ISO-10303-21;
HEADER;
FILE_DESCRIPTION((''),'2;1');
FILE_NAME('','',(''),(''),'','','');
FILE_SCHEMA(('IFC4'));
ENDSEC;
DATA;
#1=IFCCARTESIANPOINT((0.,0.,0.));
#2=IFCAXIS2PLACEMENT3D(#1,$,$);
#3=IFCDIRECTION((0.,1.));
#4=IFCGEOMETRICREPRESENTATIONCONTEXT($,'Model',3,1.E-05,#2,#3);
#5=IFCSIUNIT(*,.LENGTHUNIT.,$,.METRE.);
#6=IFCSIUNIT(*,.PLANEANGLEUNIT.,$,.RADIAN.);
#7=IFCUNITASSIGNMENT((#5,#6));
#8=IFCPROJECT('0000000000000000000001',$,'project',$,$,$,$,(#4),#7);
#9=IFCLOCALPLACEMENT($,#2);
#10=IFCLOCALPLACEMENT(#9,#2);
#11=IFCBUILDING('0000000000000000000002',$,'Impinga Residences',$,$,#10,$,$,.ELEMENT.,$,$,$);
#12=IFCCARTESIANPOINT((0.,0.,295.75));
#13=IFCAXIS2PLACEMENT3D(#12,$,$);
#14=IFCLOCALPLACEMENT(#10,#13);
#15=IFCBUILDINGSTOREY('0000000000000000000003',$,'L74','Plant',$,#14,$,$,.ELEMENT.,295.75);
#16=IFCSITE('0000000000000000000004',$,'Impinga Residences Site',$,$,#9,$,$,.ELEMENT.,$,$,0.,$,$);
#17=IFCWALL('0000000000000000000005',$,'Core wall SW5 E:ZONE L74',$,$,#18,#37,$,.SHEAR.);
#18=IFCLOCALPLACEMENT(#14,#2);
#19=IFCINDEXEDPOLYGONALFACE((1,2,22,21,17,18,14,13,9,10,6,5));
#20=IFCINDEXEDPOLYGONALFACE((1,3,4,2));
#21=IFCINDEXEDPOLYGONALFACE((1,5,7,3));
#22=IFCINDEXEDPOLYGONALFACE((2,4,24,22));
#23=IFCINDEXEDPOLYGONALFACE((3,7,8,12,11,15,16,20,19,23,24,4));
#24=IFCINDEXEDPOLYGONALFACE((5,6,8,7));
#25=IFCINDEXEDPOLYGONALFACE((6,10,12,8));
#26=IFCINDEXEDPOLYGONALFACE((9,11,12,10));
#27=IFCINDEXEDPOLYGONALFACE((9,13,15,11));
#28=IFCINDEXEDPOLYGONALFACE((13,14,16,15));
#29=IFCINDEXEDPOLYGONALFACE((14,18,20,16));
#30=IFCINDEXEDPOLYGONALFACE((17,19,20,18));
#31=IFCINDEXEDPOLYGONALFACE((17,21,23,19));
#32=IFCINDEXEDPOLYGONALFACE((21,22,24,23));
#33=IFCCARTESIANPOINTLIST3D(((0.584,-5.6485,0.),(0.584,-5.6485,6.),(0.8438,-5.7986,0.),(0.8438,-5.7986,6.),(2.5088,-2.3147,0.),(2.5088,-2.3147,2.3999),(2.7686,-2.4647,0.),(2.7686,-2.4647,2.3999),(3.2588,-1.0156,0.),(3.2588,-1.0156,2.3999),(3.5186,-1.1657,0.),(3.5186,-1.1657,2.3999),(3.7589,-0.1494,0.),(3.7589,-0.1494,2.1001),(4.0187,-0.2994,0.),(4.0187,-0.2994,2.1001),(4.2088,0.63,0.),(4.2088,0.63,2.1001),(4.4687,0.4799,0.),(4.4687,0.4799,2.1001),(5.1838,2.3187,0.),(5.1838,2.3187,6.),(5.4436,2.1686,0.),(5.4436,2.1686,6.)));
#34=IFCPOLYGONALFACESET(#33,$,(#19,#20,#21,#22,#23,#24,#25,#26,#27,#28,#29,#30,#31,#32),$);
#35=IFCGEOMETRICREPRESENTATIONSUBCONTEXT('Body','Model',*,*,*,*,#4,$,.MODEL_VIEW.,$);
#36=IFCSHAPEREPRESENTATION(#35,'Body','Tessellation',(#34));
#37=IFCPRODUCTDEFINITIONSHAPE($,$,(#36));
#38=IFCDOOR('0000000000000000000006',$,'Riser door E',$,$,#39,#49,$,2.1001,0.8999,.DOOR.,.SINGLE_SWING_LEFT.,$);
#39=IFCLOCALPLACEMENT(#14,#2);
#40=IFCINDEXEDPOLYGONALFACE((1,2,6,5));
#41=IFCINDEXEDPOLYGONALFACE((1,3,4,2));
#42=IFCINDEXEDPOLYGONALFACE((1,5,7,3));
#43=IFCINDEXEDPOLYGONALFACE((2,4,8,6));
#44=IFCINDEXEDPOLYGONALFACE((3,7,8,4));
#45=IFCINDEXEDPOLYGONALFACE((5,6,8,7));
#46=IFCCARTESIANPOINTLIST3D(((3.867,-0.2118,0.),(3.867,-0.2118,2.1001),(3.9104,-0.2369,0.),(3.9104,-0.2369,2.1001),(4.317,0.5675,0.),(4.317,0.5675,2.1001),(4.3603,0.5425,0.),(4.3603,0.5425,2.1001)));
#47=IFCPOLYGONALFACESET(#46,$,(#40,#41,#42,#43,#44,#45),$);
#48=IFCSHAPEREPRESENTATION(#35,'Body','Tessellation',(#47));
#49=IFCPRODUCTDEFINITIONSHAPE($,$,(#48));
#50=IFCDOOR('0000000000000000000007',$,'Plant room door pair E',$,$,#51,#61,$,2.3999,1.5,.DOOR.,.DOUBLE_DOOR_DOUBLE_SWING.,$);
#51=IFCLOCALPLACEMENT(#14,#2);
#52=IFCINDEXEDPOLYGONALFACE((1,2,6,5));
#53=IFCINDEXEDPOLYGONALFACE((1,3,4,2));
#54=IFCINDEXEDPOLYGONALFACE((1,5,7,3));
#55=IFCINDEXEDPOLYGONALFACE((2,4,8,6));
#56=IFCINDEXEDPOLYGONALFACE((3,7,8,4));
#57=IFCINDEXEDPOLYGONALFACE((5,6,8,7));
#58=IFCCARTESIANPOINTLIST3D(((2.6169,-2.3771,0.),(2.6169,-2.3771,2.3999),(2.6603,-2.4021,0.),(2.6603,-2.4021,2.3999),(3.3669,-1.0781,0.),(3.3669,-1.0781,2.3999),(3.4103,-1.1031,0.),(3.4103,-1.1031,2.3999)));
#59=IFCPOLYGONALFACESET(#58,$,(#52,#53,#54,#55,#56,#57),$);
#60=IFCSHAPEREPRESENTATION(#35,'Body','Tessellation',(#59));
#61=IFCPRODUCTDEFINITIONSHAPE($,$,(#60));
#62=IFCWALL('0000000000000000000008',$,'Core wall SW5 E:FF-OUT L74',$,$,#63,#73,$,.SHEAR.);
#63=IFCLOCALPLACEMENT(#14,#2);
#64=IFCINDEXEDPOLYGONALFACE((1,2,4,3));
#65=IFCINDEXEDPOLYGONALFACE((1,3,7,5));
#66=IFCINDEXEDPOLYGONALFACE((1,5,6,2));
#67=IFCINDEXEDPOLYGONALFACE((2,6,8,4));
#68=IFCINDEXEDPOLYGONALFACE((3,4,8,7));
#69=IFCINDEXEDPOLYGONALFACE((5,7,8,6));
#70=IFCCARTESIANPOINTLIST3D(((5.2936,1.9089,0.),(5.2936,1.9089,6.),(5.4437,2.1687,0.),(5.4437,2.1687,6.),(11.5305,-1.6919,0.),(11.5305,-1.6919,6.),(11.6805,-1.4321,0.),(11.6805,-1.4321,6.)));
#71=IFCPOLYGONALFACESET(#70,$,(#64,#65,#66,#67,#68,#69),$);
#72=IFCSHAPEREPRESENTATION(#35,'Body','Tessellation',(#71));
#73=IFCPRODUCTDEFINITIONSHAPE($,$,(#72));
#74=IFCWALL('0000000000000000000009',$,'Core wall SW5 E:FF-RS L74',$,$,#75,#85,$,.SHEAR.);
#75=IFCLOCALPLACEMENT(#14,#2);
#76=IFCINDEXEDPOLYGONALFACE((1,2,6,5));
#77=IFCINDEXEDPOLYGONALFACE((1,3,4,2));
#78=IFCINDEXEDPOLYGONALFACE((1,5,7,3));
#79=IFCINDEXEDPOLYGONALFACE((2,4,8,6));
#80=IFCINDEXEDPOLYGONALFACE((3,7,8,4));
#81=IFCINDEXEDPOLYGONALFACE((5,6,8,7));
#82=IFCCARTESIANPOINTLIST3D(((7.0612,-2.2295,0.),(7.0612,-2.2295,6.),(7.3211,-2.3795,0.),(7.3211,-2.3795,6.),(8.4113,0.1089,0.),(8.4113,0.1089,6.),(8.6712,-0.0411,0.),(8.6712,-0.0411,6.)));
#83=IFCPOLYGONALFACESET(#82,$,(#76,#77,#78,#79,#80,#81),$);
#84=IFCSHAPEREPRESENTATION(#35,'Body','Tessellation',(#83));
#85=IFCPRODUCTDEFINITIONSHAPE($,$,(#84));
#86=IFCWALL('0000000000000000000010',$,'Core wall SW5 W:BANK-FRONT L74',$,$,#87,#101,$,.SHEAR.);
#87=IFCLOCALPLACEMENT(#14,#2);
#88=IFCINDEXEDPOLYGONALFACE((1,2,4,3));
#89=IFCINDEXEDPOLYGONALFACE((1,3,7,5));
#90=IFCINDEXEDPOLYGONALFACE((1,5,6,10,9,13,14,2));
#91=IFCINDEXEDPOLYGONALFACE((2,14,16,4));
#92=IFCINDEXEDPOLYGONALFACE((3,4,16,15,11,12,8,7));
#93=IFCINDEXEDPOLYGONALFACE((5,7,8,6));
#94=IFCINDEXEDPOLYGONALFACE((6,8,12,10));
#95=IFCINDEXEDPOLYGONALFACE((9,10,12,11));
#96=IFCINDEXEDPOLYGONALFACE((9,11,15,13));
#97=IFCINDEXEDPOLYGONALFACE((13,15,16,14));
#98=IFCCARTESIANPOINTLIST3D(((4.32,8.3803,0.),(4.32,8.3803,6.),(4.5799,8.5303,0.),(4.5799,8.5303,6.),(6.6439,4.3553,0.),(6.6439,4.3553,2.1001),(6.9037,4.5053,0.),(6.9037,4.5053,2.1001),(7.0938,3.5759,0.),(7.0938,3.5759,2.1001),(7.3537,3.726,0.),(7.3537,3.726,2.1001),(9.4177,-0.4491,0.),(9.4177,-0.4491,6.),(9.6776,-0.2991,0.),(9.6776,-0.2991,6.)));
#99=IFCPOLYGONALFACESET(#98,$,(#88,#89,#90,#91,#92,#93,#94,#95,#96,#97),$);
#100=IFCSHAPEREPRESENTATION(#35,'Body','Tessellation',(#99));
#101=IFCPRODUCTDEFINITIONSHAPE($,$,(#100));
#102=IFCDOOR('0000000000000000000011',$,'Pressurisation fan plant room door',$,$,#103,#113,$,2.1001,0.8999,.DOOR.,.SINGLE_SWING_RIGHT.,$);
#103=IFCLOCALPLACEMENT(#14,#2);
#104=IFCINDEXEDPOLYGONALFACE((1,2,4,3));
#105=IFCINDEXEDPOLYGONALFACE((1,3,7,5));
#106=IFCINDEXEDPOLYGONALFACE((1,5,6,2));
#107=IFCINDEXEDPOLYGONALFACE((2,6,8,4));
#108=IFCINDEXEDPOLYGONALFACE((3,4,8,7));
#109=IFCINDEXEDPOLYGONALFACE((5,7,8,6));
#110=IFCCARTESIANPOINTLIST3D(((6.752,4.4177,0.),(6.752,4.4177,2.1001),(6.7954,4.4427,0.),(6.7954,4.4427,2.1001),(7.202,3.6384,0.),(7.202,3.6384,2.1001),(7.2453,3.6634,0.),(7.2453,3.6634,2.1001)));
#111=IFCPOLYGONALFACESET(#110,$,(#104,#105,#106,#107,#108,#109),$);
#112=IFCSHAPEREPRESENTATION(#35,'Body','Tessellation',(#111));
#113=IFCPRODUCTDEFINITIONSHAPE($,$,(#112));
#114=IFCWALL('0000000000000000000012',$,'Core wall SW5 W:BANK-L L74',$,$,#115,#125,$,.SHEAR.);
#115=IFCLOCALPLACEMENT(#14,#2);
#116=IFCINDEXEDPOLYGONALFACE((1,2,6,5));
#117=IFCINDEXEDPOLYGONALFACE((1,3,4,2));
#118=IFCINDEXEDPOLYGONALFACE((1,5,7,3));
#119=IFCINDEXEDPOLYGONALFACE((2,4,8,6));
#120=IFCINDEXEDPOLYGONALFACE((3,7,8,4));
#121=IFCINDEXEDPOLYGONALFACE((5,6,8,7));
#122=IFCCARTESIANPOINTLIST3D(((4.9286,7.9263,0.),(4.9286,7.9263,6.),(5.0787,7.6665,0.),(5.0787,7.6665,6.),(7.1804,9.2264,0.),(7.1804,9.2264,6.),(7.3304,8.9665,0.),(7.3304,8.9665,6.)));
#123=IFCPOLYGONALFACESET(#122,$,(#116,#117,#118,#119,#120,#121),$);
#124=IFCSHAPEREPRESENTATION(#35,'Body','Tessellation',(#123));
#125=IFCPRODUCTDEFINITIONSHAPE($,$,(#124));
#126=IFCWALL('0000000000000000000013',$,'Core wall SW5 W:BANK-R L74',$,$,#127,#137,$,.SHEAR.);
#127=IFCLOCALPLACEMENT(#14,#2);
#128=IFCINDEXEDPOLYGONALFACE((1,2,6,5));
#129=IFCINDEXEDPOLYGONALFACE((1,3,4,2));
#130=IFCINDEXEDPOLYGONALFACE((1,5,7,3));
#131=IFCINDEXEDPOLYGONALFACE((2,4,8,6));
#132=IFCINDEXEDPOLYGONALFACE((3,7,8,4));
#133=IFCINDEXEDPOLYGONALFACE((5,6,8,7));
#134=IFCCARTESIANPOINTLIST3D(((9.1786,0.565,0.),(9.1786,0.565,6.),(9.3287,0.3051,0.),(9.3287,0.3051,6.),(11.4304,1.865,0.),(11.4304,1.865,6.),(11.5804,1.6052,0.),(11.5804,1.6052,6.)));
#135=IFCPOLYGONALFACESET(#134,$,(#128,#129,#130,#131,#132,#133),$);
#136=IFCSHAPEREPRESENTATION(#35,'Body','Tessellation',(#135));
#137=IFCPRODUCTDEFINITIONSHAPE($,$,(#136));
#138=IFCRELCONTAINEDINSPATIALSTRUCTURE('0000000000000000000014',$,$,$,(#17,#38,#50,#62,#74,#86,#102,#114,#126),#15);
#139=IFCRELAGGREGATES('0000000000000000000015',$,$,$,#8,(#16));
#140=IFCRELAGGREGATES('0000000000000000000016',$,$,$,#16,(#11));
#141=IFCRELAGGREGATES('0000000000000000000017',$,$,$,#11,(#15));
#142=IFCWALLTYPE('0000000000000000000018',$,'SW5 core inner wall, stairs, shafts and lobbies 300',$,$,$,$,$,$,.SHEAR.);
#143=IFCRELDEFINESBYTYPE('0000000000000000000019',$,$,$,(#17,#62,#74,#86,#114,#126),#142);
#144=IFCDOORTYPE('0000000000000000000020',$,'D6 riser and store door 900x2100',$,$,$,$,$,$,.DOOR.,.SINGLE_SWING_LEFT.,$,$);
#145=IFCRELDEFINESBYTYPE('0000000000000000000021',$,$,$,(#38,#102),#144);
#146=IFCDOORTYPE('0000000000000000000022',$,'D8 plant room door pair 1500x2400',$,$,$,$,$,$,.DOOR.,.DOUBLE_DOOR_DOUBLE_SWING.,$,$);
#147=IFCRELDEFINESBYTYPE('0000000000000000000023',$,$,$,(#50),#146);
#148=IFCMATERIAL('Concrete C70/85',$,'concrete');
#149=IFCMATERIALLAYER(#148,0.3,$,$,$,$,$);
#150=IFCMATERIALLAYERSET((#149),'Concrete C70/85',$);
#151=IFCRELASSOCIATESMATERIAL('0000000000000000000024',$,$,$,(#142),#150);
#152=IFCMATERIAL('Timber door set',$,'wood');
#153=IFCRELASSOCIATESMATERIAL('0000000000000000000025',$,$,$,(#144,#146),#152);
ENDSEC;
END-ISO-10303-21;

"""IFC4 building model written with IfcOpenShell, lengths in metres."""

from ifc_helpers import new_model, si_unit, direction, frame, frame_2d, origin, place, context, subcontext, project, spatial, rectangle, extrude, material, layer, layer_set, type_object, element, fill, save


model = new_model("IFC4")

# Units and contexts
model_context = context("Model", 3, precision=1e-05, world=origin(), true_north=direction((0.0, 1.0)))
body_context = subcontext(model_context, "Body", "Model", "MODEL_VIEW")
ifc_project = project(units=[si_unit("LENGTHUNIT", "METRE"), si_unit("PLANEANGLEUNIT", "RADIAN")], contexts=[model_context])

# Site, building, storey
site_placement = place(None, origin())
site = spatial("IfcSite", under=ifc_project, at=site_placement, Name="Impinga Residences Site", CompositionType="ELEMENT", RefElevation=0.0)
building_placement = place(site_placement, origin())
building = spatial("IfcBuilding", under=site, at=building_placement, Name="Impinga Residences", CompositionType="ELEMENT")
storey_placement = place(building_placement, frame((0.0, 0.0, 295.75)))
storey = spatial("IfcBuildingStorey", under=building, at=storey_placement, Name="L74", Description="Plant", CompositionType="ELEMENT", Elevation=295.75)

# Shared definitions
ifc_material_1 = material(Name="Concrete C70/85", Category="concrete")
ifc_layer_1 = layer(ifc_material_1, 0.3)
ifc_layer_set_1 = layer_set([ifc_layer_1], Name="Concrete C70/85")
wall_type = type_object("IfcWallType", Name="SW5 core inner wall, stairs, shafts and lobbies 300", PredefinedType="SHEAR", material=ifc_layer_set_1)

# Wall, openings, doors
wall_1_placement = place(storey_placement, frame((5.3137, 2.2437, 0.0), z_axis=(0.0, 0.0, 1.0), x_axis=(-0.499995, -0.866028, 0.0)))
wall_1 = element("IfcWall", 1, at=wall_1_placement, inside=storey, type_object=wall_type, Name="Core wall SW5 E:ZONE L74", PredefinedType="SHEAR", context=body_context, shape_type="SweptSolid", body=[
    extrude(rectangle(XDim=9.1997, YDim=0.3, at=frame_2d((4.5999, 0.0))), origin(), (0.0, 0.0, 1.0), 6.0),
])
opening_1_placement = place(wall_1_placement, frame((3.8501, 0.0, 0.0)))
opening_1 = element("IfcOpeningElement", 2, at=opening_1_placement, cuts=wall_1, PredefinedType="OPENING", context=body_context, shape_type="SweptSolid", body=[
    extrude(rectangle(XDim=1.5, YDim=2.3999, at=frame_2d((0.75, 1.2))), frame((0.0, 0.1599, 0.0), z_axis=(0.0, -1.0, 0.0), x_axis=(1.0, 0.0, 0.0)), (0.0, 0.0, 1.0), 0.3201),
])
opening_2_placement = place(wall_1_placement, frame((1.95, 0.0, 0.0)))
opening_2 = element("IfcOpeningElement", 3, at=opening_2_placement, cuts=wall_1, PredefinedType="OPENING", context=body_context, shape_type="SweptSolid", body=[
    extrude(rectangle(XDim=0.8999, YDim=2.1001, at=frame_2d((0.45, 1.05))), frame((0.0, 0.1599, 0.0), z_axis=(0.0, -1.0, 0.0), x_axis=(1.0, 0.0, 0.0)), (0.0, 0.0, 1.0), 0.3201),
])
ifc_material_2 = material(Name="Timber door set", Category="wood")
door_type_1 = type_object("IfcDoorType", Name="D6 riser and store door 900x2100", OperationType="SINGLE_SWING_LEFT", PredefinedType="DOOR", material=ifc_material_2)
door_1_placement = place(opening_2_placement, origin())
door_1 = element("IfcDoor", 4, at=door_1_placement, inside=storey, type_object=door_type_1, Name="Riser door E", OperationType="SINGLE_SWING_LEFT", OverallHeight=2.1001, OverallWidth=0.8999, PredefinedType="DOOR", context=body_context, shape_type="SweptSolid", body=[
    extrude(rectangle(XDim=0.8999, YDim=2.1001, at=frame_2d((0.45, 1.05))), frame((0.0, 0.0249, 0.0), z_axis=(0.0, -1.0, 0.0), x_axis=(1.0, 0.0, 0.0)), (0.0, 0.0, 1.0), 0.05),
])
fill(opening_2, door_1)
door_type_2 = type_object("IfcDoorType", Name="D8 plant room door pair 1500x2400", OperationType="DOUBLE_DOOR_DOUBLE_SWING", PredefinedType="DOOR", material=ifc_material_2)
door_2_placement = place(opening_1_placement, origin())
door_2 = element("IfcDoor", 5, at=door_2_placement, inside=storey, type_object=door_type_2, Name="Plant room door pair E", OperationType="DOUBLE_DOOR_DOUBLE_SWING", OverallHeight=2.3999, OverallWidth=1.5, PredefinedType="DOOR", context=body_context, shape_type="SweptSolid", body=[
    extrude(rectangle(XDim=1.5, YDim=2.3999, at=frame_2d((0.75, 1.2))), frame((0.0, 0.0249, 0.0), z_axis=(0.0, -1.0, 0.0), x_axis=(1.0, 0.0, 0.0)), (0.0, 0.0, 1.0), 0.05),
])
fill(opening_1, door_2)

# Walls
wall_2_placement = place(storey_placement, frame((5.3687, 2.0388, 0.0), z_axis=(0.0, 0.0, 1.0), x_axis=(0.866025, -0.5, 0.0)))
element("IfcWall", 6, at=wall_2_placement, inside=storey, type_object=wall_type, Name="Core wall SW5 E:FF-OUT L74", PredefinedType="SHEAR", context=body_context, shape_type="SweptSolid", body=[
    extrude(rectangle(XDim=7.2017, YDim=0.3, at=frame_2d((3.6008, 0.0))), origin(), (0.0, 0.0, 1.0), 6.0),
])
wall_3_placement = place(storey_placement, frame((8.5413, 0.0339, 0.0), z_axis=(0.0, 0.0, 1.0), x_axis=(-0.500009, -0.86602, 0.0)))
element("IfcWall", 7, at=wall_3_placement, inside=storey, type_object=wall_type, Name="Core wall SW5 E:FF-RS L74", PredefinedType="SHEAR", context=body_context, shape_type="SweptSolid", body=[
    extrude(rectangle(XDim=2.7002, YDim=0.3, at=frame_2d((1.3501, 0.0))), origin(), (0.0, 0.0, 1.0), 6.0),
])

# Wall, opening, door
wall_4_placement = place(storey_placement, frame((4.45, 8.4553, 0.0), z_axis=(0.0, 0.0, 1.0), x_axis=(0.500002, -0.866024, 0.0)))
wall_4 = element("IfcWall", 8, at=wall_4_placement, inside=storey, type_object=wall_type, Name="Core wall SW5 W:BANK-FRONT L74", PredefinedType="SHEAR", context=body_context, shape_type="SweptSolid", body=[
    extrude(rectangle(XDim=10.1953, YDim=0.3, at=frame_2d((5.0977, 0.0))), origin(), (0.0, 0.0, 1.0), 6.0),
])
opening_3_placement = place(wall_4_placement, frame((4.6477, 0.0, 0.0)))
opening_3 = element("IfcOpeningElement", 9, at=opening_3_placement, cuts=wall_4, PredefinedType="OPENING", context=body_context, shape_type="SweptSolid", body=[
    extrude(rectangle(XDim=0.8999, YDim=2.1001, at=frame_2d((0.45, 1.05))), frame((0.0, 0.1599, 0.0), z_axis=(0.0, -1.0, 0.0), x_axis=(1.0, 0.0, 0.0)), (0.0, 0.0, 1.0), 0.3201),
])
door_3_placement = place(opening_3_placement, origin())
door_3 = element("IfcDoor", 10, at=door_3_placement, inside=storey, type_object=door_type_1, Name="Pressurisation fan plant room door", OperationType="SINGLE_SWING_RIGHT", OverallHeight=2.1001, OverallWidth=0.8999, PredefinedType="DOOR", context=body_context, shape_type="SweptSolid", body=[
    extrude(rectangle(XDim=0.8999, YDim=2.1001, at=frame_2d((0.45, 1.05))), frame((0.0, 0.0249, 0.0), z_axis=(0.0, -1.0, 0.0), x_axis=(1.0, 0.0, 0.0)), (0.0, 0.0, 1.0), 0.05),
])
fill(opening_3, door_3)

# Walls
for number, where, z_axis, x_axis, name in (
    (11, (5.0037, 7.7964, 0.0), (0.0, 0.0, 1.0), (0.866021, 0.500007, 0.0), "Core wall SW5 W:BANK-L L74"),
    (12, (9.2537, 0.4351, 0.0), (0.0, 0.0, 1.0), (0.866021, 0.500007, 0.0), "Core wall SW5 W:BANK-R L74"),
):
    element("IfcWall", number, at=place(storey_placement, frame(where, z_axis=z_axis, x_axis=x_axis)), inside=storey, type_object=wall_type, Name=name, PredefinedType="SHEAR", context=body_context, shape_type="SweptSolid", body=[
        extrude(rectangle(XDim=2.6001, YDim=0.3, at=frame_2d((1.3, 0.0))), origin(), (0.0, 0.0, 1.0), 6.0),
    ])

save(model, "model.ifc")
